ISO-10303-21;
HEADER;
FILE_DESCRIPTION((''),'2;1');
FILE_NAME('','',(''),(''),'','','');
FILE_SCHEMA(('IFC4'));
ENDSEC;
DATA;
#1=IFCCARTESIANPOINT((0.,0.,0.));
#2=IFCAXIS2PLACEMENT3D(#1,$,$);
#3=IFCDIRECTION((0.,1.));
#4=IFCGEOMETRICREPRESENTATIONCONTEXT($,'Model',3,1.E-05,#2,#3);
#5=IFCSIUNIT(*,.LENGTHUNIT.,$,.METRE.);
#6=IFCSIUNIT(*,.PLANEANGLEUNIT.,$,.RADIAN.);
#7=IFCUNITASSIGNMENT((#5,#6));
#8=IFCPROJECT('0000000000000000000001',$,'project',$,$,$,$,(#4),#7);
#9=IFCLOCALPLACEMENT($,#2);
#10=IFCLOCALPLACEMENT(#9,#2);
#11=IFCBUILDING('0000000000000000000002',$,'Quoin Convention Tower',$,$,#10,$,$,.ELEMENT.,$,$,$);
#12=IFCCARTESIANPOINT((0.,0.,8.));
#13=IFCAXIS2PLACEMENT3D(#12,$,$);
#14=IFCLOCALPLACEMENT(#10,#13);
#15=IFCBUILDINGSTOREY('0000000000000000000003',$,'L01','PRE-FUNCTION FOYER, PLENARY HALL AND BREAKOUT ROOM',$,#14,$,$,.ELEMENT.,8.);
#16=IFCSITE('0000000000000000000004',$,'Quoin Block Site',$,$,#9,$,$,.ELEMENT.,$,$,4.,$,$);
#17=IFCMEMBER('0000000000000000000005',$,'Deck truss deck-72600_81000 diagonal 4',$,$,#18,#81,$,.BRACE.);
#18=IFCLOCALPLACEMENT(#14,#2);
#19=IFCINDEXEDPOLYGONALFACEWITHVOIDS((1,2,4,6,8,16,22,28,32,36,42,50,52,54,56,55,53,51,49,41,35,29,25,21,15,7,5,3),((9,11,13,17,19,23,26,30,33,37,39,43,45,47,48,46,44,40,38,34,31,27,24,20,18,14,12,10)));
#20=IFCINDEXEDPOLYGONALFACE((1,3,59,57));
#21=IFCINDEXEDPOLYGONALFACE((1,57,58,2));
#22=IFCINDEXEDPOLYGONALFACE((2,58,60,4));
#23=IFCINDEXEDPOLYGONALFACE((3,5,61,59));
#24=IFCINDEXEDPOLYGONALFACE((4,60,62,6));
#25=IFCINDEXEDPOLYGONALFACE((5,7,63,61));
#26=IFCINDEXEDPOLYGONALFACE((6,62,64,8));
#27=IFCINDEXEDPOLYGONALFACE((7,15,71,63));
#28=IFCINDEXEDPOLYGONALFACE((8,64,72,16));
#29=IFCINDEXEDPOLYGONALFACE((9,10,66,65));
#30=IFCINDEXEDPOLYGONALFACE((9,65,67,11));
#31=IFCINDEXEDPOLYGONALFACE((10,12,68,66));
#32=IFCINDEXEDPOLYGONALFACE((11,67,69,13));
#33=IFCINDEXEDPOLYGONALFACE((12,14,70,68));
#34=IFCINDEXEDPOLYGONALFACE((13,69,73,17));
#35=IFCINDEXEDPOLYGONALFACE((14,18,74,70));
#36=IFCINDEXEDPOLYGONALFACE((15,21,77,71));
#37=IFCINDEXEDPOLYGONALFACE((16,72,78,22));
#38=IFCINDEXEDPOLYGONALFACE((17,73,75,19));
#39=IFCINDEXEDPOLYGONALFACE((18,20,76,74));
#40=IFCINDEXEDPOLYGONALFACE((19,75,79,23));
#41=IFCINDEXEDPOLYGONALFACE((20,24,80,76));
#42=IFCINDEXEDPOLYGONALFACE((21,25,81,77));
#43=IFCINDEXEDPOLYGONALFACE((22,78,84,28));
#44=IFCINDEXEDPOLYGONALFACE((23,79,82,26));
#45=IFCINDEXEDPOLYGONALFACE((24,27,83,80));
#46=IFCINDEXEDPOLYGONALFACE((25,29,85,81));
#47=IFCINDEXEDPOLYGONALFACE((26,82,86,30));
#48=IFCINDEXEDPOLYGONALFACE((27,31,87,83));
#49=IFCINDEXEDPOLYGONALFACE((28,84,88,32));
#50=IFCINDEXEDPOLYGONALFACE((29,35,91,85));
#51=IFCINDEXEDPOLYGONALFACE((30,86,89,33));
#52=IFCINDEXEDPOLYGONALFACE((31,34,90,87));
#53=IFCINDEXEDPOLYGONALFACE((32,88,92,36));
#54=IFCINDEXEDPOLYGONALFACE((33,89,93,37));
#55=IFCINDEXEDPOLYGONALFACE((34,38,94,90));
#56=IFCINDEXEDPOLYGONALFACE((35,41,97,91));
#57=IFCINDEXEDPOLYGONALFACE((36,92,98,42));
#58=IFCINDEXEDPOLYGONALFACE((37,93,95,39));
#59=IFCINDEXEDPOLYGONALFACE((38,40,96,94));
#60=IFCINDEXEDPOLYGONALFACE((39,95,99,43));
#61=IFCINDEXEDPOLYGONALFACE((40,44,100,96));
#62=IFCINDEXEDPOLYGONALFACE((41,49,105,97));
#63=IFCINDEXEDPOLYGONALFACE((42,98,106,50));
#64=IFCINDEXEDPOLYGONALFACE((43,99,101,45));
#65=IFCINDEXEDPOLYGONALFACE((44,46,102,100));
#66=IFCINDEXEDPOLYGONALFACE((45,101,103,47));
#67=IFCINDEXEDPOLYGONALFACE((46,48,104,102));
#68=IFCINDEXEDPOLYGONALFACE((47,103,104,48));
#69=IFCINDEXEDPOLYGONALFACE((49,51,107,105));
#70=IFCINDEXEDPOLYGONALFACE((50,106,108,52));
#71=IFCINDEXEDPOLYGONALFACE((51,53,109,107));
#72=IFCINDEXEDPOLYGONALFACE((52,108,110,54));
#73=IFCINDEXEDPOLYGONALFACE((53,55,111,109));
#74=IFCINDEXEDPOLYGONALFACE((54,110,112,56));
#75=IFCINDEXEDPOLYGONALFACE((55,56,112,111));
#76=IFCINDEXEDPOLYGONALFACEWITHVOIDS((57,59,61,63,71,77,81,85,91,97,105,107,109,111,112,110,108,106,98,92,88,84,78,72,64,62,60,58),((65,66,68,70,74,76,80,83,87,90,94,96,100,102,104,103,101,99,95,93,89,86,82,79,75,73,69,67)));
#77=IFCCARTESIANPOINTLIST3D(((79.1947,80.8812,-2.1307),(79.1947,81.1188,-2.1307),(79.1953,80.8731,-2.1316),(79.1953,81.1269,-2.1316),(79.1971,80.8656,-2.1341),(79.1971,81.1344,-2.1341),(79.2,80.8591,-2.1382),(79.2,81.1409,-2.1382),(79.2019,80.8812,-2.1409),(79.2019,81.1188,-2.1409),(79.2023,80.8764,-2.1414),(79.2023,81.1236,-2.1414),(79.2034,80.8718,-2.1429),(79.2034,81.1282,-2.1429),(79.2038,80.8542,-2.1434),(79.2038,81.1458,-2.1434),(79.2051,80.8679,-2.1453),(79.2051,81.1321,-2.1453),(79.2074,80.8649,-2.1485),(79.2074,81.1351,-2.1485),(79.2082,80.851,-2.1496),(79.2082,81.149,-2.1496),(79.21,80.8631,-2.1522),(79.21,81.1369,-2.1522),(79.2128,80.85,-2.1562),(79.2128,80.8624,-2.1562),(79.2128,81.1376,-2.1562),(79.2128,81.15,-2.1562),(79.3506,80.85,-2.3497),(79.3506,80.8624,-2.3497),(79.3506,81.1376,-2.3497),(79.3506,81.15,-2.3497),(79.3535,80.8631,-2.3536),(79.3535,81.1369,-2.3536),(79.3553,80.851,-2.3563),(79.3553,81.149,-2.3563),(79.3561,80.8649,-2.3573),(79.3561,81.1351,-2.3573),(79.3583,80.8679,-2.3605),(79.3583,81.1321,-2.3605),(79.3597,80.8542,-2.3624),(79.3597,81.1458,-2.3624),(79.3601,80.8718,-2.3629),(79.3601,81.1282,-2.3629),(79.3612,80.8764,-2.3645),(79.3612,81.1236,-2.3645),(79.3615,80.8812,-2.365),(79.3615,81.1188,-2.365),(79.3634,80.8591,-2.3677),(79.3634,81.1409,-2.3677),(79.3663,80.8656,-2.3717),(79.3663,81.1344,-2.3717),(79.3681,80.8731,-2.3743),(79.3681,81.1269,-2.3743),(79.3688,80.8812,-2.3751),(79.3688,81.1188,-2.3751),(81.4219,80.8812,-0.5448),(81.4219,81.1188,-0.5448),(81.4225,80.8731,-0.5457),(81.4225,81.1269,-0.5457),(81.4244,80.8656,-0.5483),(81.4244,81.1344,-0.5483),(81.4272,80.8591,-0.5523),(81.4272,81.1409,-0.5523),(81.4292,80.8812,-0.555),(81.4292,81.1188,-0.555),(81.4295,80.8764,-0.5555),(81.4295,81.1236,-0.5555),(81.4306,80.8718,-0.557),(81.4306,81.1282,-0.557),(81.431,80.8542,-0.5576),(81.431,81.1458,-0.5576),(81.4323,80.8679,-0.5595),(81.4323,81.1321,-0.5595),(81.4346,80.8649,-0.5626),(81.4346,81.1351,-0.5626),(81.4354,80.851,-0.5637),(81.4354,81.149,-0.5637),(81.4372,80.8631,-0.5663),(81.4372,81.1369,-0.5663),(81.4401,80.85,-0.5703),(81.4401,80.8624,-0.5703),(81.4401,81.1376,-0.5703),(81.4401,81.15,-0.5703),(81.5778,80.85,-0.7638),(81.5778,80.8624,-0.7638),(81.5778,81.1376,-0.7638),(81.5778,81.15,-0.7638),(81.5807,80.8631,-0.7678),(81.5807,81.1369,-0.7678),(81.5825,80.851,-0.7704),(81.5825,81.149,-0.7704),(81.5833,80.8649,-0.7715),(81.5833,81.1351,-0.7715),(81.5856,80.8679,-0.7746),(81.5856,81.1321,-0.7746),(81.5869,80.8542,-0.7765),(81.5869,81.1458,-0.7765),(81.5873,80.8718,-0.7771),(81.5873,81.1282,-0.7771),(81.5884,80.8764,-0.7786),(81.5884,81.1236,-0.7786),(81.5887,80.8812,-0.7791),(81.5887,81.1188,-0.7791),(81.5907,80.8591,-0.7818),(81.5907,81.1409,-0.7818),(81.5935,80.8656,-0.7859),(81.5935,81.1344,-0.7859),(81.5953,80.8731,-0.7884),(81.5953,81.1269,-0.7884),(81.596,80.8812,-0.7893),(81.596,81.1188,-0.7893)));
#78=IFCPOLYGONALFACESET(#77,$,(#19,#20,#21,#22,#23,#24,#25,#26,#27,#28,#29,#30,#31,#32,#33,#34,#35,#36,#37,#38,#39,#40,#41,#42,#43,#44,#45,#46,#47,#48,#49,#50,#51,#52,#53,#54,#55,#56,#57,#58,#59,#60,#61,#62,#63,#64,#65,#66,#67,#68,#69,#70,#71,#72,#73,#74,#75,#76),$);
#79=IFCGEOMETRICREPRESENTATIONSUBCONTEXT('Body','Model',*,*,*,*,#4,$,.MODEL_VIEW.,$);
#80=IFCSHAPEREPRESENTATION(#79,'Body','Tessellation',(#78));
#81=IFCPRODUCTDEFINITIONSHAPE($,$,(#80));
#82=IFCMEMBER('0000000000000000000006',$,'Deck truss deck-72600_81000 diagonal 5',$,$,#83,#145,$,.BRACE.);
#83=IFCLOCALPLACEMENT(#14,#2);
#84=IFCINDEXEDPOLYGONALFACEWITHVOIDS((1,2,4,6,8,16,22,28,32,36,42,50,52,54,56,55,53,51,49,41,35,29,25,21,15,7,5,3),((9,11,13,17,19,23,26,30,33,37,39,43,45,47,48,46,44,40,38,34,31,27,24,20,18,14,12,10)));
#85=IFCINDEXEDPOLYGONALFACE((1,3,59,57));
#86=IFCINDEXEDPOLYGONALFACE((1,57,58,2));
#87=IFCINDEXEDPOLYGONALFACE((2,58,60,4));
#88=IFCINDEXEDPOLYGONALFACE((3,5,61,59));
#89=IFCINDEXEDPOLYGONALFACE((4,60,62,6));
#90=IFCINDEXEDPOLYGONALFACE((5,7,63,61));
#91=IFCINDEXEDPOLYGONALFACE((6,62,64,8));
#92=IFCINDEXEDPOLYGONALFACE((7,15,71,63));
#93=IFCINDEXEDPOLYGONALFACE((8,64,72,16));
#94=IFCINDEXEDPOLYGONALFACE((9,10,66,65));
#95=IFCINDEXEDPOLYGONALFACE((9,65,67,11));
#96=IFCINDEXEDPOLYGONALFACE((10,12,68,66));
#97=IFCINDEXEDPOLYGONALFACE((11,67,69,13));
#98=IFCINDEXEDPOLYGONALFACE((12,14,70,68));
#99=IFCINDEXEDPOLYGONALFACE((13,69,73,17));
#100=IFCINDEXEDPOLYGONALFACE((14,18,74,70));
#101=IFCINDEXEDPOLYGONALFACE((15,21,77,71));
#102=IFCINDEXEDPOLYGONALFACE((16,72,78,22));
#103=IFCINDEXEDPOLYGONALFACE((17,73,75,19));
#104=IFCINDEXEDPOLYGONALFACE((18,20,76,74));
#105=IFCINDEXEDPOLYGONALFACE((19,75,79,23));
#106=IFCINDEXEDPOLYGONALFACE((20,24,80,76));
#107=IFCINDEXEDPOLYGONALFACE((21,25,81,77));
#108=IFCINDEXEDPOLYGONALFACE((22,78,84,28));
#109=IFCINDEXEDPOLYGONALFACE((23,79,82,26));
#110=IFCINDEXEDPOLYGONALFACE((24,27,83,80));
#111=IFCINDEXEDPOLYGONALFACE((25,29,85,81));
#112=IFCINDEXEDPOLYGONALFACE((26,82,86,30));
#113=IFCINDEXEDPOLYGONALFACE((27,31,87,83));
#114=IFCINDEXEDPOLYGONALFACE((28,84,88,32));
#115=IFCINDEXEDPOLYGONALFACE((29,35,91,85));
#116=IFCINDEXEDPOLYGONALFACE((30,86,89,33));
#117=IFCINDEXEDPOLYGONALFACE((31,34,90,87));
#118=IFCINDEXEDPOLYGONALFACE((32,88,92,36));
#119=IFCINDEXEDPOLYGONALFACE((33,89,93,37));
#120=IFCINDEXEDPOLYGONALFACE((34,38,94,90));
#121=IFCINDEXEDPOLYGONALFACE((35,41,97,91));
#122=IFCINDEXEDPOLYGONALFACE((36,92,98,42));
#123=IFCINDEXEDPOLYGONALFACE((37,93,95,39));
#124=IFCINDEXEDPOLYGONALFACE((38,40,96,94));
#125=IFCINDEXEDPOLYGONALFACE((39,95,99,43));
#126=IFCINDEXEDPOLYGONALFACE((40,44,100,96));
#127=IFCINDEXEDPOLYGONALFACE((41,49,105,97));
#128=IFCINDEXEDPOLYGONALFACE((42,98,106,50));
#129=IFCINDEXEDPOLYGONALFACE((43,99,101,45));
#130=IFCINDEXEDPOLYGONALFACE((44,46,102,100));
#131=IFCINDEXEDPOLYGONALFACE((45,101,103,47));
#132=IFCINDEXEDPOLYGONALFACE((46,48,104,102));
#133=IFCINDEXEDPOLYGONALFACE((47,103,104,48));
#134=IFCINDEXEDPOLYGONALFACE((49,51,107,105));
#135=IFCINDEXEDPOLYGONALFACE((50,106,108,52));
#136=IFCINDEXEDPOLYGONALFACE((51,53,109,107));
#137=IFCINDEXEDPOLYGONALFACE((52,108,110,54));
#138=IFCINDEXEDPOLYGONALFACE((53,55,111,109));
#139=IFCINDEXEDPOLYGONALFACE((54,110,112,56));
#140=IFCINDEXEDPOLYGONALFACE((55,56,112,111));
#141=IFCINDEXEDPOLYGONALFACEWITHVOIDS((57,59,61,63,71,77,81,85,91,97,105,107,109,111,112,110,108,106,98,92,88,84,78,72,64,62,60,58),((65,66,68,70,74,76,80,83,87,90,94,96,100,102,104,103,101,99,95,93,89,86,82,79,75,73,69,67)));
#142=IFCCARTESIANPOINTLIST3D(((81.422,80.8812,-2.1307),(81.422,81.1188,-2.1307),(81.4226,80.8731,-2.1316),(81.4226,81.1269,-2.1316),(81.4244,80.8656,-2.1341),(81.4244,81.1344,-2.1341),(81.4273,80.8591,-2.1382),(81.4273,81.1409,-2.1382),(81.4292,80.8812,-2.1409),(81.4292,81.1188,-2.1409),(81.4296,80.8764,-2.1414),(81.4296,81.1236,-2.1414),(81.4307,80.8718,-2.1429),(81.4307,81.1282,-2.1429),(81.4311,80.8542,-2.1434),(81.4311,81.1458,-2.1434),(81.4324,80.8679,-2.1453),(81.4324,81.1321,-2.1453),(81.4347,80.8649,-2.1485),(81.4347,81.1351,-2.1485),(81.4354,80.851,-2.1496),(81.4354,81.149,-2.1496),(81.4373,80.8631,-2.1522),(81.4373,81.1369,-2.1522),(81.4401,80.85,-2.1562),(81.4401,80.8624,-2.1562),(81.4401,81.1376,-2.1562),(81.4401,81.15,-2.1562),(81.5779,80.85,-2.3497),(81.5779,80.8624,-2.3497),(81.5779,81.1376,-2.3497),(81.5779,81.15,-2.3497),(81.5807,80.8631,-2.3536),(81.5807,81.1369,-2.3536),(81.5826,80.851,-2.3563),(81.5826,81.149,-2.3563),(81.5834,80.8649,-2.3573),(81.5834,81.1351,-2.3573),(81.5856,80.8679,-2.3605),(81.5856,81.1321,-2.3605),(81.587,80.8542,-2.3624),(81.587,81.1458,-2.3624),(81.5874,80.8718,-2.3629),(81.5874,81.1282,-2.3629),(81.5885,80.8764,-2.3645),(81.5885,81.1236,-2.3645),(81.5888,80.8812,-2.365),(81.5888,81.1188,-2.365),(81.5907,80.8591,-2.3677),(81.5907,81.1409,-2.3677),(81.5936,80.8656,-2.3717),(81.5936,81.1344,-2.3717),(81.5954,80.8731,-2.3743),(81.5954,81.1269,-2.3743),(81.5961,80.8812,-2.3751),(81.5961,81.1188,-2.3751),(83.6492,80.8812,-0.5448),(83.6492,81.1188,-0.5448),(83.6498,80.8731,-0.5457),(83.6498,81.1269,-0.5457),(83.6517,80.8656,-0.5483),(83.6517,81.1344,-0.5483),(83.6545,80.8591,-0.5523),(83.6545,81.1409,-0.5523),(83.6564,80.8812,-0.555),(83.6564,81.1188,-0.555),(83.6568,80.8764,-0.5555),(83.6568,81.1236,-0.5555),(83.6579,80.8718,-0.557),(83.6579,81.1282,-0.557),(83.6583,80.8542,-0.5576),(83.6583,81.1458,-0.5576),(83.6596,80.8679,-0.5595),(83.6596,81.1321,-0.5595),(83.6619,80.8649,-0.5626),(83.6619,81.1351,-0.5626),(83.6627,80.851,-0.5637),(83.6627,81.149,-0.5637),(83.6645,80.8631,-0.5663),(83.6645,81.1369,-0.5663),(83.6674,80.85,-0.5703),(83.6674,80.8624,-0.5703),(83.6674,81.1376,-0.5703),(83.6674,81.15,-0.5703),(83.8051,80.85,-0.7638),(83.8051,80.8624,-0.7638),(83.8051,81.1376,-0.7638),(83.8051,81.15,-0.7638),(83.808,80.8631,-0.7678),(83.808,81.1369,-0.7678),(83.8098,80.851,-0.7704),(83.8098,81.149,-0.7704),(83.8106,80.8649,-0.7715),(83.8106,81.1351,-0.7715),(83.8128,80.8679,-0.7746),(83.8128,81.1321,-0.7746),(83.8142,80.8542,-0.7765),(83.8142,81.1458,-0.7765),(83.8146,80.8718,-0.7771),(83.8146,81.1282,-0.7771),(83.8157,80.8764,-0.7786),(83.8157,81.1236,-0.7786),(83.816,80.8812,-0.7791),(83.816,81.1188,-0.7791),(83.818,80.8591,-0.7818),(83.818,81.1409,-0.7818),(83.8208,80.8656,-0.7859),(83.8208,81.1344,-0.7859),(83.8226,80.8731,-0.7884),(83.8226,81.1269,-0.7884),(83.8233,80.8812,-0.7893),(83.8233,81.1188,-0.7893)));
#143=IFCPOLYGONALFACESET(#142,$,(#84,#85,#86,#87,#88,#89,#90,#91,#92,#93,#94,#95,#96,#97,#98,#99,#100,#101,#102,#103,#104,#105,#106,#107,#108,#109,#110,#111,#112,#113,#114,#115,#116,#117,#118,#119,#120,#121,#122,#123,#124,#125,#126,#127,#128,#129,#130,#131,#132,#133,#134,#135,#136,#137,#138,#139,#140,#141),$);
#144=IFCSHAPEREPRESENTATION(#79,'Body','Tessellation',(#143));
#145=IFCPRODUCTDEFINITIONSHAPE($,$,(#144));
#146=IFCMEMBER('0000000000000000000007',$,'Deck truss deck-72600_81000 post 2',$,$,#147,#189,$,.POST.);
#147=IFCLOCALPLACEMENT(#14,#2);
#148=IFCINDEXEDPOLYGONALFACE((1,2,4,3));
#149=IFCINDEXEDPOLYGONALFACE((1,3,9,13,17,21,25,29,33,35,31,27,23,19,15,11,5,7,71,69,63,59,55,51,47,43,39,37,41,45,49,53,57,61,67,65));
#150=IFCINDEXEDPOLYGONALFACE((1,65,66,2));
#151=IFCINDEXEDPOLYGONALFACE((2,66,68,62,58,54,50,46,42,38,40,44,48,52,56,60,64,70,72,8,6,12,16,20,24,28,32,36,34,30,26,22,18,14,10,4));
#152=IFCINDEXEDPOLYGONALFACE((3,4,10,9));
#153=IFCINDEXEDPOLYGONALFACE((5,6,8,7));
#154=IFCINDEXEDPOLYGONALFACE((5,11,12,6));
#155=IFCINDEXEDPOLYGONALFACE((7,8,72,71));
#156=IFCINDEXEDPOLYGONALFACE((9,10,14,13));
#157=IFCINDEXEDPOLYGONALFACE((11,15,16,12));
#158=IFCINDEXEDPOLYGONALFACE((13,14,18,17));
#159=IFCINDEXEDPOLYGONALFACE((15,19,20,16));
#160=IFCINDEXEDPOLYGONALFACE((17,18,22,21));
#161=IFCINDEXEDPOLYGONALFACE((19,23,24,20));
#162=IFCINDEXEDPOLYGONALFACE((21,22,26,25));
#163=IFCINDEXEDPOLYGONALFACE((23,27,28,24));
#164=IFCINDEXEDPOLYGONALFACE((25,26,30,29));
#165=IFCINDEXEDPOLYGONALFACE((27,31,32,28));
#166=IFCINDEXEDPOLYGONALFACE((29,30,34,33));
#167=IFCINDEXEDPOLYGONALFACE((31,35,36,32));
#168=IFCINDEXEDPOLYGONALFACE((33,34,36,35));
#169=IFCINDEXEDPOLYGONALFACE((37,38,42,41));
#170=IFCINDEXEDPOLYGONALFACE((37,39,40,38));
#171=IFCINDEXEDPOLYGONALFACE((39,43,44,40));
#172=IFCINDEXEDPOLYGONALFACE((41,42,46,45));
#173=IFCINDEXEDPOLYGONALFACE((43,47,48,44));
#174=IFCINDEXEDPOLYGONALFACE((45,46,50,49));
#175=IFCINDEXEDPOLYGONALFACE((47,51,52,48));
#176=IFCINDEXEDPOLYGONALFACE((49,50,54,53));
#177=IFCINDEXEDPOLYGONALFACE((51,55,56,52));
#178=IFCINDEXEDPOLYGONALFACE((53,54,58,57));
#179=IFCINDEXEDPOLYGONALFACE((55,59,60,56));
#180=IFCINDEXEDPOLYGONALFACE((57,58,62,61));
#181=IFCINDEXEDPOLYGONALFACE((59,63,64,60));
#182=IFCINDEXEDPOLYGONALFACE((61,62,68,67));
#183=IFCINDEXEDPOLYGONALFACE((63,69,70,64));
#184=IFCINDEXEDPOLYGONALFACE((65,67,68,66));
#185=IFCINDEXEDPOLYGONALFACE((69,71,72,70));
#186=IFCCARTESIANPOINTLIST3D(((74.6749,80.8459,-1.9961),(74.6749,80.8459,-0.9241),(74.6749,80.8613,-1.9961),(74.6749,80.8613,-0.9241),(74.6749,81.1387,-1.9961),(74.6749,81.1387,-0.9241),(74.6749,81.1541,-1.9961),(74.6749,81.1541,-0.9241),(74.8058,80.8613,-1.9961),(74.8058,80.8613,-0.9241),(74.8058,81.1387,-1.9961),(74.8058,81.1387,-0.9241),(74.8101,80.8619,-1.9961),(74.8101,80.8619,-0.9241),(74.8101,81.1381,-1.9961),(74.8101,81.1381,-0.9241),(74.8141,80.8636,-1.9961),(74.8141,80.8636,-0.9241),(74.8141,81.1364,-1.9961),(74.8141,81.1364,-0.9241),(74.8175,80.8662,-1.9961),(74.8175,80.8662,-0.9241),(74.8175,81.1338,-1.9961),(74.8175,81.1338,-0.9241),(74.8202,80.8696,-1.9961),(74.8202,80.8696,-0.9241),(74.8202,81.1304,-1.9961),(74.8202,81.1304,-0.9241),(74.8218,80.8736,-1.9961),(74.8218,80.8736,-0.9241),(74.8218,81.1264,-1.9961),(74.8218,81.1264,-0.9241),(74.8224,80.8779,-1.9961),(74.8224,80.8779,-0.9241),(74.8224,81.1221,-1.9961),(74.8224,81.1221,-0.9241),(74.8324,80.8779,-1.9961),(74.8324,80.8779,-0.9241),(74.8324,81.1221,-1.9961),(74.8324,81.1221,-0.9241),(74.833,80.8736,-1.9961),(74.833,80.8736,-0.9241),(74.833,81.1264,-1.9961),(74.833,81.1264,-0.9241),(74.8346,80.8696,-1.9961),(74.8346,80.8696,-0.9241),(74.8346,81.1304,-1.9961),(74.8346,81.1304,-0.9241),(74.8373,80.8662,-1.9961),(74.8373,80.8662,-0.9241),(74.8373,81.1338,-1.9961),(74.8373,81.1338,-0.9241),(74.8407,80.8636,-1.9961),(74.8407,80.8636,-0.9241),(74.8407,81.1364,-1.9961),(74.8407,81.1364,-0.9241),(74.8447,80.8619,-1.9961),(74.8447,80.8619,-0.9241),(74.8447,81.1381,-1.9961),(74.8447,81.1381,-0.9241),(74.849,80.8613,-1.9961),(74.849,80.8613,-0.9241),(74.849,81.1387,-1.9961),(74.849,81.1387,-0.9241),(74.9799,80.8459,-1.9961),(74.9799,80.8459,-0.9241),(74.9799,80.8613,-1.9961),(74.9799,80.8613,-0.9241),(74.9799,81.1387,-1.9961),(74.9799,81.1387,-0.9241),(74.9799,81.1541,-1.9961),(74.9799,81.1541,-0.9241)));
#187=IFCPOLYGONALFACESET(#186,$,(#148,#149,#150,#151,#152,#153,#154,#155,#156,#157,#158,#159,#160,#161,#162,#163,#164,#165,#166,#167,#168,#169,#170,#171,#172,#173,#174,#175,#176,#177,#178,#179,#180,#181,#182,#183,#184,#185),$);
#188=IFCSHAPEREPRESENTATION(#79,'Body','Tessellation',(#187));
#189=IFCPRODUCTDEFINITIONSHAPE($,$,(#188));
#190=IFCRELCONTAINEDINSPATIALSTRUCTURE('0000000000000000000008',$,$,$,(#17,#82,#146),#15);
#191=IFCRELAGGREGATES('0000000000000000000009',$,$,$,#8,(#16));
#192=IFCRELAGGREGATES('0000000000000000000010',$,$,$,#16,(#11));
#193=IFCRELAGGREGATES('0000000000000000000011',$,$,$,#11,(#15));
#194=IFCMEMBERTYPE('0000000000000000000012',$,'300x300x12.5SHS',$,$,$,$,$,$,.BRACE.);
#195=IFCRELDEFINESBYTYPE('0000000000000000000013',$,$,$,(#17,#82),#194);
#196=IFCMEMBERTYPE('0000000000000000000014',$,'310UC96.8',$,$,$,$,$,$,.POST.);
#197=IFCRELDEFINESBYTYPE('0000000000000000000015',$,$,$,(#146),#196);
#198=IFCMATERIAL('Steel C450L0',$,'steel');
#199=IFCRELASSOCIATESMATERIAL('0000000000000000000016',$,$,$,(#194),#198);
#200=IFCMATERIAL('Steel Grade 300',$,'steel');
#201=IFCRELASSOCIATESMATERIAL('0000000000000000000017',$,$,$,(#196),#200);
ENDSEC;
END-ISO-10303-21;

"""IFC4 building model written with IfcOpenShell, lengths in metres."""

from ifc_helpers import new_model, si_unit, direction, frame, origin, origin_2d, place, context, subcontext, project, spatial, hollow_rectangle, i_section, extrude, material, material_profile, profile_set, type_object, element, save


model = new_model("IFC4")

# Units and contexts
model_context = context("Model", 3, precision=1e-05, world=origin(), true_north=direction((0.0, 1.0)))
body_context = subcontext(model_context, "Body", "Model", "MODEL_VIEW")
ifc_project = project(units=[si_unit("LENGTHUNIT", "METRE"), si_unit("PLANEANGLEUNIT", "RADIAN")], contexts=[model_context])

# Site, building, storey
site_placement = place(None, origin())
site = spatial("IfcSite", under=ifc_project, at=site_placement, Name="Quoin Block Site", CompositionType="ELEMENT", RefElevation=4.0)
building_placement = place(site_placement, origin())
building = spatial("IfcBuilding", under=site, at=building_placement, Name="Quoin Convention Tower", CompositionType="ELEMENT")
storey_placement = place(building_placement, frame((0.0, 0.0, 8.0)))
storey = spatial("IfcBuildingStorey", under=building, at=storey_placement, Name="L01", Description="PRE-FUNCTION FOYER, PLENARY HALL AND BREAKOUT ROOM", CompositionType="ELEMENT", Elevation=8.0)

# Shared definitions
ifc_material_1 = material(Name="Steel Grade 300", Category="steel")

# Members
ifc_material_2 = material(Name="Steel C450L0", Category="steel")
ifc_material_profile_1 = material_profile(ifc_material_2, hollow_rectangle(XDim=0.3, YDim=0.3, WallThickness=0.0125, InnerFilletRadius=0.0188, OuterFilletRadius=0.0312, at=origin_2d()), Name="300x300x12.5SHS")
ifc_profile_set_1 = profile_set([ifc_material_profile_1], Name="Steel C450L0")
member_type_1 = type_object("IfcMemberType", Name="300x300x12.5SHS", PredefinedType="BRACE", material=ifc_profile_set_1)
for number, where, z_axis, x_axis, name in (
    (1, (79.2817, 81.0, -2.2529), (0.814595, 0.0, 0.58003), (0.0, 1.0, 0.0), "Deck truss deck-72600_81000 diagonal 4"),
    (2, (81.509, 81.0, -2.2529), (0.814595, 0.0, 0.58003), (0.0, 1.0, 0.0), "Deck truss deck-72600_81000 diagonal 5"),
):
    element("IfcMember", number, at=place(storey_placement, frame(where, z_axis=z_axis, x_axis=x_axis)), inside=storey, type_object=member_type_1, Name=name, PredefinedType="BRACE", context=body_context, shape_type="SweptSolid", body=[
        extrude(hollow_rectangle(XDim=0.3, YDim=0.3, WallThickness=0.0125, InnerFilletRadius=0.0188, OuterFilletRadius=0.0312, at=origin_2d()), origin(), (0.0, 0.0, 1.0), 2.7341),
    ])
ifc_material_profile_2 = material_profile(ifc_material_1, i_section(OverallWidth=0.3049, OverallDepth=0.3081, WebThickness=0.01, FlangeThickness=0.0154, FilletRadius=0.0166, at=origin_2d()), Name="310UC96.8")
ifc_profile_set_2 = profile_set([ifc_material_profile_2], Name="Steel Grade 300")
member_type_2 = type_object("IfcMemberType", Name="310UC96.8", PredefinedType="POST", material=ifc_profile_set_2)
for number, where, z_axis, x_axis, name in (
    (3, (74.8274, 81.0, -1.9961), (0.0, 0.0, 1.0), (1.0, 0.0, 0.0), "Deck truss deck-72600_81000 post 2"),
):
    element("IfcMember", number, at=place(storey_placement, frame(where, z_axis=z_axis, x_axis=x_axis)), inside=storey, type_object=member_type_2, Name=name, PredefinedType="POST", context=body_context, shape_type="SweptSolid", body=[
        extrude(i_section(OverallWidth=0.3049, OverallDepth=0.3081, WebThickness=0.01, FlangeThickness=0.0154, FilletRadius=0.0166, at=origin_2d()), origin(), (0.0, 0.0, 1.0), 1.072),
    ])

save(model, "model.ifc")
